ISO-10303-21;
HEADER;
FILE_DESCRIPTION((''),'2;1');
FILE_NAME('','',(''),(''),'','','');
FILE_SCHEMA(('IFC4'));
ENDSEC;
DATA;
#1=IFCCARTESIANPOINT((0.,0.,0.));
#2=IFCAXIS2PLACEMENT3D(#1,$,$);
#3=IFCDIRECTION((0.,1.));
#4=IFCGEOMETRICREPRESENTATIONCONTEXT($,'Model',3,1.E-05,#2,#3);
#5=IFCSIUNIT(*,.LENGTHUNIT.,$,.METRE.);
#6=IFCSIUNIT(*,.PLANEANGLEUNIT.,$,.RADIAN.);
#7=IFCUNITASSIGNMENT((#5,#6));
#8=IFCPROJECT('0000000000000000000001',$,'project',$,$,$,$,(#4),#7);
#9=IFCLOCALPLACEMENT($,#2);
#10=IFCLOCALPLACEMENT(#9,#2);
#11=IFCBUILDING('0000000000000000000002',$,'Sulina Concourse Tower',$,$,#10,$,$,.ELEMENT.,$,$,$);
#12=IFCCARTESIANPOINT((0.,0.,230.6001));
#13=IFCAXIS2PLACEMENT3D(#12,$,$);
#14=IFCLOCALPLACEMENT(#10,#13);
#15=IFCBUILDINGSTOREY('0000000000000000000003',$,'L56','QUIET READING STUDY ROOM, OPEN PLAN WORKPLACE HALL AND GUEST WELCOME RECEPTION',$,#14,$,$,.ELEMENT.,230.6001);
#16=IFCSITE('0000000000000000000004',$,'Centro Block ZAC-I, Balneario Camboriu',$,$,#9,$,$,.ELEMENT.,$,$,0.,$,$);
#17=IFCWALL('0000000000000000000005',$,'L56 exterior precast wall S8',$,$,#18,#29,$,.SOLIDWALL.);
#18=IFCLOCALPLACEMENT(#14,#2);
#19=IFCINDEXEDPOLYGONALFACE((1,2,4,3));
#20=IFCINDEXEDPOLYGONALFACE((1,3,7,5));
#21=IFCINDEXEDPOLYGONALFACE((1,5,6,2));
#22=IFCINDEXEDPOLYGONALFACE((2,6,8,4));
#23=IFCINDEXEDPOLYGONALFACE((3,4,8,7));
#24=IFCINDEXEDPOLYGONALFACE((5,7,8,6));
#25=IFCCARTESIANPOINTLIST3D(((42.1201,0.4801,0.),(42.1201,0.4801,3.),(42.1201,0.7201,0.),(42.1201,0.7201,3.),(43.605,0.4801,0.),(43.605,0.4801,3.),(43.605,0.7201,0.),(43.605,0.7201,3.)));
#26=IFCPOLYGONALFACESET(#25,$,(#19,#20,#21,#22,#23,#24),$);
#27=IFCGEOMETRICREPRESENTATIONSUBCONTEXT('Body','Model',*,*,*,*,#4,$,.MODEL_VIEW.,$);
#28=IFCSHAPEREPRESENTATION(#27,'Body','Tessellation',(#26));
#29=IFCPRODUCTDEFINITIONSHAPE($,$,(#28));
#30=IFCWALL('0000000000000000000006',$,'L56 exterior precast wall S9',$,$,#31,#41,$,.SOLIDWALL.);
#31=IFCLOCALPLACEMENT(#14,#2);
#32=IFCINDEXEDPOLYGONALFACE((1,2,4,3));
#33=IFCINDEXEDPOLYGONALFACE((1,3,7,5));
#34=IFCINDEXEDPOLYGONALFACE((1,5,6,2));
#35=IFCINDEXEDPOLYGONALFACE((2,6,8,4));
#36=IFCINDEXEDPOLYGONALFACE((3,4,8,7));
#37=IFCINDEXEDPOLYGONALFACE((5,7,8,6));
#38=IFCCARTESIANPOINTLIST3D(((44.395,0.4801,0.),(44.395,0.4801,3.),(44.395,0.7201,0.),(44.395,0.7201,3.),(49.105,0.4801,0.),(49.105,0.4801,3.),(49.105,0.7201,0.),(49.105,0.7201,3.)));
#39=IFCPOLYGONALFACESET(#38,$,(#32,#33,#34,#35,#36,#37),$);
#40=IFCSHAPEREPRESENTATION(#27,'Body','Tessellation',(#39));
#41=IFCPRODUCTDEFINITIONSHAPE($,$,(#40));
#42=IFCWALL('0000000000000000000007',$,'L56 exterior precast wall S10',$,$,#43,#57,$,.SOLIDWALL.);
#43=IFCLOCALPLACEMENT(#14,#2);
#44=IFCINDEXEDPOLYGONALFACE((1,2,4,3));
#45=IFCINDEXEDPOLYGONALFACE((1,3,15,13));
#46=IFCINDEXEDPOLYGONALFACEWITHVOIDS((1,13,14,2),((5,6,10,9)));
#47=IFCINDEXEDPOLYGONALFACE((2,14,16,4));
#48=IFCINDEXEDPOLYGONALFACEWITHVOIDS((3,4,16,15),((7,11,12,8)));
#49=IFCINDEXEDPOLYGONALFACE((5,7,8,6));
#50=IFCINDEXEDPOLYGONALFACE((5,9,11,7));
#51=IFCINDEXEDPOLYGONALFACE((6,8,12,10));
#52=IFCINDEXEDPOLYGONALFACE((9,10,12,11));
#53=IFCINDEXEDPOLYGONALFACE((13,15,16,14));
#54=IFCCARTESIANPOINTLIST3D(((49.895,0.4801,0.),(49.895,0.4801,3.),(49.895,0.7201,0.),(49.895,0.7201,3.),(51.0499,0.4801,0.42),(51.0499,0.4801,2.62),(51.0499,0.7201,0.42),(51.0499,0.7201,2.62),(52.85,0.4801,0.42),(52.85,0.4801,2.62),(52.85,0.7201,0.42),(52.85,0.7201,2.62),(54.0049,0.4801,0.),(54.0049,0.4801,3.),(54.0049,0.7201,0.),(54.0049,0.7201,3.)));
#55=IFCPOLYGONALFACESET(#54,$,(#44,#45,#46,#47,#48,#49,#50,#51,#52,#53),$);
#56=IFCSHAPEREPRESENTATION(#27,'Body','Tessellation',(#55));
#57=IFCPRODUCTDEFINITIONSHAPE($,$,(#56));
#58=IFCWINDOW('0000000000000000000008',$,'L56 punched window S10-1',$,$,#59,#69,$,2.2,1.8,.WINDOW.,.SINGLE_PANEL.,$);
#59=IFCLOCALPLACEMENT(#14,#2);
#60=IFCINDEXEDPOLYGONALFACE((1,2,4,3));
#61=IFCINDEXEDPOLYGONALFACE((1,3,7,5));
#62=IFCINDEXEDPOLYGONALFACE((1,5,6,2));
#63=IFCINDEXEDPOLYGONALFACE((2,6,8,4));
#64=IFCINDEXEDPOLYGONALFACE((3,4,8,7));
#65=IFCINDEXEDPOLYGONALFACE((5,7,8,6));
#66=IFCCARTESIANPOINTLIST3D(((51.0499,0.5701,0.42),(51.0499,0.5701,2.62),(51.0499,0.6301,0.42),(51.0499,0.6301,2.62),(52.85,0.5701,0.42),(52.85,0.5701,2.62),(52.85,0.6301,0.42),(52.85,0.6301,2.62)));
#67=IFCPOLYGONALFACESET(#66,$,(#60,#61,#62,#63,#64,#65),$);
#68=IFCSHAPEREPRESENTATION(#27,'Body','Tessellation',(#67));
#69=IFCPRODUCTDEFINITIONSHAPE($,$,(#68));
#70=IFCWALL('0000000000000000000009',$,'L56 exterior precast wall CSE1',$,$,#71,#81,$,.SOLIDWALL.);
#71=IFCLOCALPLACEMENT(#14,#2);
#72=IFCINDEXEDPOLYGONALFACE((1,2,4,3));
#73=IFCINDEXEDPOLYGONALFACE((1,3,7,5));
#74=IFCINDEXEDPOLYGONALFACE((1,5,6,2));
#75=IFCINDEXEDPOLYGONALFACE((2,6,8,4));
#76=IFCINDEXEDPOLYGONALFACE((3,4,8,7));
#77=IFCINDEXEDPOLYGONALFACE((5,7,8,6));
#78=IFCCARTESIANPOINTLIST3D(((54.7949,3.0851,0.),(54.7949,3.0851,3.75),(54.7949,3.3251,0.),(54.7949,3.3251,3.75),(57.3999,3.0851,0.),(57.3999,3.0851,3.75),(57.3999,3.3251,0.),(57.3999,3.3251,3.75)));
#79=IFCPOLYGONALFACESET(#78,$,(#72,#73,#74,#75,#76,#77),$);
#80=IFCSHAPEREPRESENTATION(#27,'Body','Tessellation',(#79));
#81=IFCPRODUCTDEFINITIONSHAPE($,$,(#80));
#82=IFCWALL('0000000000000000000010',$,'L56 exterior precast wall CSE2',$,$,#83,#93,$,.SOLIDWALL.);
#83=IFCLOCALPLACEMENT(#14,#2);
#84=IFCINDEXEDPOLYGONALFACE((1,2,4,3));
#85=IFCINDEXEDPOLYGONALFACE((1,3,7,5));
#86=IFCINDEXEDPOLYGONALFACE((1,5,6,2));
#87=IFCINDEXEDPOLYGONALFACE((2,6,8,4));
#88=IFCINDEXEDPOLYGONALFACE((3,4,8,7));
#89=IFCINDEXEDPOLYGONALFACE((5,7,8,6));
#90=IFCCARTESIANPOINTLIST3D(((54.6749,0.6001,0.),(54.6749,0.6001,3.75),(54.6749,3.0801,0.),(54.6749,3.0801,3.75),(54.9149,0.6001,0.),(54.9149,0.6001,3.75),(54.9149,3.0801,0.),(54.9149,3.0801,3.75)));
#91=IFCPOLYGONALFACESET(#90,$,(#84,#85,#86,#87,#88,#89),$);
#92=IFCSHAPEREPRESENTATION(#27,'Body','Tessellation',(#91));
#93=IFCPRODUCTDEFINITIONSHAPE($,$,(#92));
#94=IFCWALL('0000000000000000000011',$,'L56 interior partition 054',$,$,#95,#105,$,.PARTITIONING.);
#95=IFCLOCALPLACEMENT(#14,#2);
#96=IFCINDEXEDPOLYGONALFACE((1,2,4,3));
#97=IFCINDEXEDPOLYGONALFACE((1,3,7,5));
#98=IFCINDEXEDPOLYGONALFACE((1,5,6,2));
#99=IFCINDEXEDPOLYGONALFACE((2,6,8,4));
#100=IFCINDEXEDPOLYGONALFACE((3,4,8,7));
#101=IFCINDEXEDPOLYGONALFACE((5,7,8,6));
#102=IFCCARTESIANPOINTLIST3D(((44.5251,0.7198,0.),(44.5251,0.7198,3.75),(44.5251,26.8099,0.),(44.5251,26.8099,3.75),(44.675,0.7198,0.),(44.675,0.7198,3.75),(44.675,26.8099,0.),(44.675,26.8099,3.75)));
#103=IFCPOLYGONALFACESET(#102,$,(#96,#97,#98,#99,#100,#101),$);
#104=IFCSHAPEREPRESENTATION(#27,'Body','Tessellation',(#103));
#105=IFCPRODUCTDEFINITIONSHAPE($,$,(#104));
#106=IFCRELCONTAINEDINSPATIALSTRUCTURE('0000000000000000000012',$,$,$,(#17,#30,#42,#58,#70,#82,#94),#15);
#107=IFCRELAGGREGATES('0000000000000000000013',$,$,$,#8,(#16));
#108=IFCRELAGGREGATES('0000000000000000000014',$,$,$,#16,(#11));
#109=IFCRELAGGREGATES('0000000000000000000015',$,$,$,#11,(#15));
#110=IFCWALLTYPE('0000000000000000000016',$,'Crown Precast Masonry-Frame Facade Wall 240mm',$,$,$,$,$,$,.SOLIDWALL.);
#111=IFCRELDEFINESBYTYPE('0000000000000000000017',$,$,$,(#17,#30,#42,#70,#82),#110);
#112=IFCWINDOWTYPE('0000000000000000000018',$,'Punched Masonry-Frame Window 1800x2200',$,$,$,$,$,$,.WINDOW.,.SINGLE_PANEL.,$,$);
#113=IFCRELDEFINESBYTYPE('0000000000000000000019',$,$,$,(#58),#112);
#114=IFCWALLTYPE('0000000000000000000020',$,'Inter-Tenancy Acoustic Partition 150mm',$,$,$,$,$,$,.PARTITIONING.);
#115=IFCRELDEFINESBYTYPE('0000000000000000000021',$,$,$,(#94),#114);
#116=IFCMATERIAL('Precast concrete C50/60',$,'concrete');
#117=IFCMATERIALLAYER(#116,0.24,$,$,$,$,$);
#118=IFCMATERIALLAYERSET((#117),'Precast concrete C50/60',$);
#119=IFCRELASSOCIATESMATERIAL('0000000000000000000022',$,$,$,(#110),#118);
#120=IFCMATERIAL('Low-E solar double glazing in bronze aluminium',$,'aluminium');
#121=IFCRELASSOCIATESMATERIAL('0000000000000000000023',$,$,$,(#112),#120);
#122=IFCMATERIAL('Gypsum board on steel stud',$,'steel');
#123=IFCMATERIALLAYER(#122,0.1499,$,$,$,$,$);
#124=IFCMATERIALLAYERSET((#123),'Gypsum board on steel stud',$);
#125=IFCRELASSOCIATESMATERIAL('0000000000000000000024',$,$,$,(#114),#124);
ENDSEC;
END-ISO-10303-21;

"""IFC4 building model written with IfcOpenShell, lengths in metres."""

from ifc_helpers import new_model, si_unit, direction, frame, frame_2d, origin, place, context, subcontext, project, spatial, rectangle, extrude, material, layer, layer_set, type_object, element, fill, save


model = new_model("IFC4")

# Units and contexts
model_context = context("Model", 3, precision=1e-05, world=origin(), true_north=direction((0.0, 1.0)))
body_context = subcontext(model_context, "Body", "Model", "MODEL_VIEW")
ifc_project = project(units=[si_unit("LENGTHUNIT", "METRE"), si_unit("PLANEANGLEUNIT", "RADIAN")], contexts=[model_context])

# Site, building, storey
site_placement = place(None, origin())
site = spatial("IfcSite", under=ifc_project, at=site_placement, Name="Centro Block ZAC-I, Balneario Camboriu", CompositionType="ELEMENT", RefElevation=0.0)
building_placement = place(site_placement, origin())
building = spatial("IfcBuilding", under=site, at=building_placement, Name="Sulina Concourse Tower", CompositionType="ELEMENT")
storey_placement = place(building_placement, frame((0.0, 0.0, 230.6001)))
storey = spatial("IfcBuildingStorey", under=building, at=storey_placement, Name="L56", Description="QUIET READING STUDY ROOM, OPEN PLAN WORKPLACE HALL AND GUEST WELCOME RECEPTION", CompositionType="ELEMENT", Elevation=230.6001)

# Walls
ifc_material_1 = material(Name="Precast concrete C50/60", Category="concrete")
ifc_layer_1 = layer(ifc_material_1, 0.24)
ifc_layer_set_1 = layer_set([ifc_layer_1], Name="Precast concrete C50/60")
wall_type_1 = type_object("IfcWallType", Name="Crown Precast Masonry-Frame Facade Wall 240mm", PredefinedType="SOLIDWALL", material=ifc_layer_set_1)
wall_1_placement = place(storey_placement, frame((43.605, 0.6001, 0.0), z_axis=(0.0, 0.0, 1.0), x_axis=(-1.0, 0.0, 0.0)))
element("IfcWall", 1, at=wall_1_placement, inside=storey, type_object=wall_type_1, Name="L56 exterior precast wall S8", PredefinedType="SOLIDWALL", context=body_context, shape_type="SweptSolid", body=[
    extrude(rectangle(XDim=1.4849, YDim=0.24, at=frame_2d((0.7424, 0.0))), origin(), (0.0, 0.0, 1.0), 3.0),
])
wall_2_placement = place(storey_placement, frame((49.105, 0.6001, 0.0), z_axis=(0.0, 0.0, 1.0), x_axis=(-1.0, 0.0, 0.0)))
element("IfcWall", 2, at=wall_2_placement, inside=storey, type_object=wall_type_1, Name="L56 exterior precast wall S9", PredefinedType="SOLIDWALL", context=body_context, shape_type="SweptSolid", body=[
    extrude(rectangle(XDim=4.71, YDim=0.24, at=frame_2d((2.355, 0.0))), origin(), (0.0, 0.0, 1.0), 3.0),
])

# Wall, opening, window
wall_3_placement = place(storey_placement, frame((54.0049, 0.6001, 0.0), z_axis=(0.0, 0.0, 1.0), x_axis=(-1.0, 0.0, 0.0)))
wall_3 = element("IfcWall", 3, at=wall_3_placement, inside=storey, type_object=wall_type_1, Name="L56 exterior precast wall S10", PredefinedType="SOLIDWALL", context=body_context, shape_type="SweptSolid", body=[
    extrude(rectangle(XDim=4.1099, YDim=0.24, at=frame_2d((2.0549, 0.0))), origin(), (0.0, 0.0, 1.0), 3.0),
])
opening_placement = place(wall_3_placement, frame((1.155, 0.0, 0.4199)))
opening = element("IfcOpeningElement", 4, at=opening_placement, cuts=wall_3, PredefinedType="OPENING", context=body_context, shape_type="SweptSolid", body=[
    extrude(rectangle(XDim=1.8, YDim=2.2, at=frame_2d((0.8999, 1.1001))), frame((0.0, 0.1299, 0.0), z_axis=(0.0, -1.0, 0.0), x_axis=(1.0, 0.0, 0.0)), (0.0, 0.0, 1.0), 0.26),
])
ifc_material_2 = material(Name="Low-E solar double glazing in bronze aluminium", Category="aluminium")
window_type = type_object("IfcWindowType", Name="Punched Masonry-Frame Window 1800x2200", PartitioningType="SINGLE_PANEL", PredefinedType="WINDOW", material=ifc_material_2)
window_placement = place(opening_placement, origin())
window = element("IfcWindow", 5, at=window_placement, inside=storey, type_object=window_type, Name="L56 punched window S10-1", OverallHeight=2.2, OverallWidth=1.8, PartitioningType="SINGLE_PANEL", PredefinedType="WINDOW", context=body_context, shape_type="SweptSolid", body=[
    extrude(rectangle(XDim=1.8, YDim=2.2, at=frame_2d((0.8999, 1.1001))), frame((0.0, 0.03, 0.0), z_axis=(0.0, -1.0, 0.0), x_axis=(1.0, 0.0, 0.0)), (0.0, 0.0, 1.0), 0.0601),
])
fill(opening, window)

# Walls
wall_4_placement = place(storey_placement, frame((57.3999, 3.2051, 0.0), z_axis=(0.0, 0.0, 1.0), x_axis=(-1.0, 0.0, 0.0)))
element("IfcWall", 6, at=wall_4_placement, inside=storey, type_object=wall_type_1, Name="L56 exterior precast wall CSE1", PredefinedType="SOLIDWALL", context=body_context, shape_type="SweptSolid", body=[
    extrude(rectangle(XDim=2.605, YDim=0.24, at=frame_2d((1.3025, 0.0))), origin(), (0.0, 0.0, 1.0), 3.75),
])
wall_5_placement = place(storey_placement, frame((54.7949, 3.0801, 0.0), z_axis=(0.0, 0.0, 1.0), x_axis=(0.0, -1.0, 0.0)))
element("IfcWall", 7, at=wall_5_placement, inside=storey, type_object=wall_type_1, Name="L56 exterior precast wall CSE2", PredefinedType="SOLIDWALL", context=body_context, shape_type="SweptSolid", body=[
    extrude(rectangle(XDim=2.48, YDim=0.24, at=frame_2d((1.24, 0.0))), origin(), (0.0, 0.0, 1.0), 3.75),
])
ifc_material_3 = material(Name="Gypsum board on steel stud", Category="steel")
ifc_layer_2 = layer(ifc_material_3, 0.1499)
ifc_layer_set_2 = layer_set([ifc_layer_2], Name="Gypsum board on steel stud")
wall_type_2 = type_object("IfcWallType", Name="Inter-Tenancy Acoustic Partition 150mm", PredefinedType="PARTITIONING", material=ifc_layer_set_2)
wall_6_placement = place(storey_placement, frame((44.6001, 0.72, 0.0), z_axis=(0.0, 0.0, 1.0), x_axis=(0.0, 1.0, 0.0)))
element("IfcWall", 8, at=wall_6_placement, inside=storey, type_object=wall_type_2, Name="L56 interior partition 054", PredefinedType="PARTITIONING", context=body_context, shape_type="SweptSolid", body=[
    extrude(rectangle(XDim=26.0901, YDim=0.1499, at=frame_2d((13.0449, 0.0))), origin(), (0.0, 0.0, 1.0), 3.75),
])

save(model, "model.ifc")
